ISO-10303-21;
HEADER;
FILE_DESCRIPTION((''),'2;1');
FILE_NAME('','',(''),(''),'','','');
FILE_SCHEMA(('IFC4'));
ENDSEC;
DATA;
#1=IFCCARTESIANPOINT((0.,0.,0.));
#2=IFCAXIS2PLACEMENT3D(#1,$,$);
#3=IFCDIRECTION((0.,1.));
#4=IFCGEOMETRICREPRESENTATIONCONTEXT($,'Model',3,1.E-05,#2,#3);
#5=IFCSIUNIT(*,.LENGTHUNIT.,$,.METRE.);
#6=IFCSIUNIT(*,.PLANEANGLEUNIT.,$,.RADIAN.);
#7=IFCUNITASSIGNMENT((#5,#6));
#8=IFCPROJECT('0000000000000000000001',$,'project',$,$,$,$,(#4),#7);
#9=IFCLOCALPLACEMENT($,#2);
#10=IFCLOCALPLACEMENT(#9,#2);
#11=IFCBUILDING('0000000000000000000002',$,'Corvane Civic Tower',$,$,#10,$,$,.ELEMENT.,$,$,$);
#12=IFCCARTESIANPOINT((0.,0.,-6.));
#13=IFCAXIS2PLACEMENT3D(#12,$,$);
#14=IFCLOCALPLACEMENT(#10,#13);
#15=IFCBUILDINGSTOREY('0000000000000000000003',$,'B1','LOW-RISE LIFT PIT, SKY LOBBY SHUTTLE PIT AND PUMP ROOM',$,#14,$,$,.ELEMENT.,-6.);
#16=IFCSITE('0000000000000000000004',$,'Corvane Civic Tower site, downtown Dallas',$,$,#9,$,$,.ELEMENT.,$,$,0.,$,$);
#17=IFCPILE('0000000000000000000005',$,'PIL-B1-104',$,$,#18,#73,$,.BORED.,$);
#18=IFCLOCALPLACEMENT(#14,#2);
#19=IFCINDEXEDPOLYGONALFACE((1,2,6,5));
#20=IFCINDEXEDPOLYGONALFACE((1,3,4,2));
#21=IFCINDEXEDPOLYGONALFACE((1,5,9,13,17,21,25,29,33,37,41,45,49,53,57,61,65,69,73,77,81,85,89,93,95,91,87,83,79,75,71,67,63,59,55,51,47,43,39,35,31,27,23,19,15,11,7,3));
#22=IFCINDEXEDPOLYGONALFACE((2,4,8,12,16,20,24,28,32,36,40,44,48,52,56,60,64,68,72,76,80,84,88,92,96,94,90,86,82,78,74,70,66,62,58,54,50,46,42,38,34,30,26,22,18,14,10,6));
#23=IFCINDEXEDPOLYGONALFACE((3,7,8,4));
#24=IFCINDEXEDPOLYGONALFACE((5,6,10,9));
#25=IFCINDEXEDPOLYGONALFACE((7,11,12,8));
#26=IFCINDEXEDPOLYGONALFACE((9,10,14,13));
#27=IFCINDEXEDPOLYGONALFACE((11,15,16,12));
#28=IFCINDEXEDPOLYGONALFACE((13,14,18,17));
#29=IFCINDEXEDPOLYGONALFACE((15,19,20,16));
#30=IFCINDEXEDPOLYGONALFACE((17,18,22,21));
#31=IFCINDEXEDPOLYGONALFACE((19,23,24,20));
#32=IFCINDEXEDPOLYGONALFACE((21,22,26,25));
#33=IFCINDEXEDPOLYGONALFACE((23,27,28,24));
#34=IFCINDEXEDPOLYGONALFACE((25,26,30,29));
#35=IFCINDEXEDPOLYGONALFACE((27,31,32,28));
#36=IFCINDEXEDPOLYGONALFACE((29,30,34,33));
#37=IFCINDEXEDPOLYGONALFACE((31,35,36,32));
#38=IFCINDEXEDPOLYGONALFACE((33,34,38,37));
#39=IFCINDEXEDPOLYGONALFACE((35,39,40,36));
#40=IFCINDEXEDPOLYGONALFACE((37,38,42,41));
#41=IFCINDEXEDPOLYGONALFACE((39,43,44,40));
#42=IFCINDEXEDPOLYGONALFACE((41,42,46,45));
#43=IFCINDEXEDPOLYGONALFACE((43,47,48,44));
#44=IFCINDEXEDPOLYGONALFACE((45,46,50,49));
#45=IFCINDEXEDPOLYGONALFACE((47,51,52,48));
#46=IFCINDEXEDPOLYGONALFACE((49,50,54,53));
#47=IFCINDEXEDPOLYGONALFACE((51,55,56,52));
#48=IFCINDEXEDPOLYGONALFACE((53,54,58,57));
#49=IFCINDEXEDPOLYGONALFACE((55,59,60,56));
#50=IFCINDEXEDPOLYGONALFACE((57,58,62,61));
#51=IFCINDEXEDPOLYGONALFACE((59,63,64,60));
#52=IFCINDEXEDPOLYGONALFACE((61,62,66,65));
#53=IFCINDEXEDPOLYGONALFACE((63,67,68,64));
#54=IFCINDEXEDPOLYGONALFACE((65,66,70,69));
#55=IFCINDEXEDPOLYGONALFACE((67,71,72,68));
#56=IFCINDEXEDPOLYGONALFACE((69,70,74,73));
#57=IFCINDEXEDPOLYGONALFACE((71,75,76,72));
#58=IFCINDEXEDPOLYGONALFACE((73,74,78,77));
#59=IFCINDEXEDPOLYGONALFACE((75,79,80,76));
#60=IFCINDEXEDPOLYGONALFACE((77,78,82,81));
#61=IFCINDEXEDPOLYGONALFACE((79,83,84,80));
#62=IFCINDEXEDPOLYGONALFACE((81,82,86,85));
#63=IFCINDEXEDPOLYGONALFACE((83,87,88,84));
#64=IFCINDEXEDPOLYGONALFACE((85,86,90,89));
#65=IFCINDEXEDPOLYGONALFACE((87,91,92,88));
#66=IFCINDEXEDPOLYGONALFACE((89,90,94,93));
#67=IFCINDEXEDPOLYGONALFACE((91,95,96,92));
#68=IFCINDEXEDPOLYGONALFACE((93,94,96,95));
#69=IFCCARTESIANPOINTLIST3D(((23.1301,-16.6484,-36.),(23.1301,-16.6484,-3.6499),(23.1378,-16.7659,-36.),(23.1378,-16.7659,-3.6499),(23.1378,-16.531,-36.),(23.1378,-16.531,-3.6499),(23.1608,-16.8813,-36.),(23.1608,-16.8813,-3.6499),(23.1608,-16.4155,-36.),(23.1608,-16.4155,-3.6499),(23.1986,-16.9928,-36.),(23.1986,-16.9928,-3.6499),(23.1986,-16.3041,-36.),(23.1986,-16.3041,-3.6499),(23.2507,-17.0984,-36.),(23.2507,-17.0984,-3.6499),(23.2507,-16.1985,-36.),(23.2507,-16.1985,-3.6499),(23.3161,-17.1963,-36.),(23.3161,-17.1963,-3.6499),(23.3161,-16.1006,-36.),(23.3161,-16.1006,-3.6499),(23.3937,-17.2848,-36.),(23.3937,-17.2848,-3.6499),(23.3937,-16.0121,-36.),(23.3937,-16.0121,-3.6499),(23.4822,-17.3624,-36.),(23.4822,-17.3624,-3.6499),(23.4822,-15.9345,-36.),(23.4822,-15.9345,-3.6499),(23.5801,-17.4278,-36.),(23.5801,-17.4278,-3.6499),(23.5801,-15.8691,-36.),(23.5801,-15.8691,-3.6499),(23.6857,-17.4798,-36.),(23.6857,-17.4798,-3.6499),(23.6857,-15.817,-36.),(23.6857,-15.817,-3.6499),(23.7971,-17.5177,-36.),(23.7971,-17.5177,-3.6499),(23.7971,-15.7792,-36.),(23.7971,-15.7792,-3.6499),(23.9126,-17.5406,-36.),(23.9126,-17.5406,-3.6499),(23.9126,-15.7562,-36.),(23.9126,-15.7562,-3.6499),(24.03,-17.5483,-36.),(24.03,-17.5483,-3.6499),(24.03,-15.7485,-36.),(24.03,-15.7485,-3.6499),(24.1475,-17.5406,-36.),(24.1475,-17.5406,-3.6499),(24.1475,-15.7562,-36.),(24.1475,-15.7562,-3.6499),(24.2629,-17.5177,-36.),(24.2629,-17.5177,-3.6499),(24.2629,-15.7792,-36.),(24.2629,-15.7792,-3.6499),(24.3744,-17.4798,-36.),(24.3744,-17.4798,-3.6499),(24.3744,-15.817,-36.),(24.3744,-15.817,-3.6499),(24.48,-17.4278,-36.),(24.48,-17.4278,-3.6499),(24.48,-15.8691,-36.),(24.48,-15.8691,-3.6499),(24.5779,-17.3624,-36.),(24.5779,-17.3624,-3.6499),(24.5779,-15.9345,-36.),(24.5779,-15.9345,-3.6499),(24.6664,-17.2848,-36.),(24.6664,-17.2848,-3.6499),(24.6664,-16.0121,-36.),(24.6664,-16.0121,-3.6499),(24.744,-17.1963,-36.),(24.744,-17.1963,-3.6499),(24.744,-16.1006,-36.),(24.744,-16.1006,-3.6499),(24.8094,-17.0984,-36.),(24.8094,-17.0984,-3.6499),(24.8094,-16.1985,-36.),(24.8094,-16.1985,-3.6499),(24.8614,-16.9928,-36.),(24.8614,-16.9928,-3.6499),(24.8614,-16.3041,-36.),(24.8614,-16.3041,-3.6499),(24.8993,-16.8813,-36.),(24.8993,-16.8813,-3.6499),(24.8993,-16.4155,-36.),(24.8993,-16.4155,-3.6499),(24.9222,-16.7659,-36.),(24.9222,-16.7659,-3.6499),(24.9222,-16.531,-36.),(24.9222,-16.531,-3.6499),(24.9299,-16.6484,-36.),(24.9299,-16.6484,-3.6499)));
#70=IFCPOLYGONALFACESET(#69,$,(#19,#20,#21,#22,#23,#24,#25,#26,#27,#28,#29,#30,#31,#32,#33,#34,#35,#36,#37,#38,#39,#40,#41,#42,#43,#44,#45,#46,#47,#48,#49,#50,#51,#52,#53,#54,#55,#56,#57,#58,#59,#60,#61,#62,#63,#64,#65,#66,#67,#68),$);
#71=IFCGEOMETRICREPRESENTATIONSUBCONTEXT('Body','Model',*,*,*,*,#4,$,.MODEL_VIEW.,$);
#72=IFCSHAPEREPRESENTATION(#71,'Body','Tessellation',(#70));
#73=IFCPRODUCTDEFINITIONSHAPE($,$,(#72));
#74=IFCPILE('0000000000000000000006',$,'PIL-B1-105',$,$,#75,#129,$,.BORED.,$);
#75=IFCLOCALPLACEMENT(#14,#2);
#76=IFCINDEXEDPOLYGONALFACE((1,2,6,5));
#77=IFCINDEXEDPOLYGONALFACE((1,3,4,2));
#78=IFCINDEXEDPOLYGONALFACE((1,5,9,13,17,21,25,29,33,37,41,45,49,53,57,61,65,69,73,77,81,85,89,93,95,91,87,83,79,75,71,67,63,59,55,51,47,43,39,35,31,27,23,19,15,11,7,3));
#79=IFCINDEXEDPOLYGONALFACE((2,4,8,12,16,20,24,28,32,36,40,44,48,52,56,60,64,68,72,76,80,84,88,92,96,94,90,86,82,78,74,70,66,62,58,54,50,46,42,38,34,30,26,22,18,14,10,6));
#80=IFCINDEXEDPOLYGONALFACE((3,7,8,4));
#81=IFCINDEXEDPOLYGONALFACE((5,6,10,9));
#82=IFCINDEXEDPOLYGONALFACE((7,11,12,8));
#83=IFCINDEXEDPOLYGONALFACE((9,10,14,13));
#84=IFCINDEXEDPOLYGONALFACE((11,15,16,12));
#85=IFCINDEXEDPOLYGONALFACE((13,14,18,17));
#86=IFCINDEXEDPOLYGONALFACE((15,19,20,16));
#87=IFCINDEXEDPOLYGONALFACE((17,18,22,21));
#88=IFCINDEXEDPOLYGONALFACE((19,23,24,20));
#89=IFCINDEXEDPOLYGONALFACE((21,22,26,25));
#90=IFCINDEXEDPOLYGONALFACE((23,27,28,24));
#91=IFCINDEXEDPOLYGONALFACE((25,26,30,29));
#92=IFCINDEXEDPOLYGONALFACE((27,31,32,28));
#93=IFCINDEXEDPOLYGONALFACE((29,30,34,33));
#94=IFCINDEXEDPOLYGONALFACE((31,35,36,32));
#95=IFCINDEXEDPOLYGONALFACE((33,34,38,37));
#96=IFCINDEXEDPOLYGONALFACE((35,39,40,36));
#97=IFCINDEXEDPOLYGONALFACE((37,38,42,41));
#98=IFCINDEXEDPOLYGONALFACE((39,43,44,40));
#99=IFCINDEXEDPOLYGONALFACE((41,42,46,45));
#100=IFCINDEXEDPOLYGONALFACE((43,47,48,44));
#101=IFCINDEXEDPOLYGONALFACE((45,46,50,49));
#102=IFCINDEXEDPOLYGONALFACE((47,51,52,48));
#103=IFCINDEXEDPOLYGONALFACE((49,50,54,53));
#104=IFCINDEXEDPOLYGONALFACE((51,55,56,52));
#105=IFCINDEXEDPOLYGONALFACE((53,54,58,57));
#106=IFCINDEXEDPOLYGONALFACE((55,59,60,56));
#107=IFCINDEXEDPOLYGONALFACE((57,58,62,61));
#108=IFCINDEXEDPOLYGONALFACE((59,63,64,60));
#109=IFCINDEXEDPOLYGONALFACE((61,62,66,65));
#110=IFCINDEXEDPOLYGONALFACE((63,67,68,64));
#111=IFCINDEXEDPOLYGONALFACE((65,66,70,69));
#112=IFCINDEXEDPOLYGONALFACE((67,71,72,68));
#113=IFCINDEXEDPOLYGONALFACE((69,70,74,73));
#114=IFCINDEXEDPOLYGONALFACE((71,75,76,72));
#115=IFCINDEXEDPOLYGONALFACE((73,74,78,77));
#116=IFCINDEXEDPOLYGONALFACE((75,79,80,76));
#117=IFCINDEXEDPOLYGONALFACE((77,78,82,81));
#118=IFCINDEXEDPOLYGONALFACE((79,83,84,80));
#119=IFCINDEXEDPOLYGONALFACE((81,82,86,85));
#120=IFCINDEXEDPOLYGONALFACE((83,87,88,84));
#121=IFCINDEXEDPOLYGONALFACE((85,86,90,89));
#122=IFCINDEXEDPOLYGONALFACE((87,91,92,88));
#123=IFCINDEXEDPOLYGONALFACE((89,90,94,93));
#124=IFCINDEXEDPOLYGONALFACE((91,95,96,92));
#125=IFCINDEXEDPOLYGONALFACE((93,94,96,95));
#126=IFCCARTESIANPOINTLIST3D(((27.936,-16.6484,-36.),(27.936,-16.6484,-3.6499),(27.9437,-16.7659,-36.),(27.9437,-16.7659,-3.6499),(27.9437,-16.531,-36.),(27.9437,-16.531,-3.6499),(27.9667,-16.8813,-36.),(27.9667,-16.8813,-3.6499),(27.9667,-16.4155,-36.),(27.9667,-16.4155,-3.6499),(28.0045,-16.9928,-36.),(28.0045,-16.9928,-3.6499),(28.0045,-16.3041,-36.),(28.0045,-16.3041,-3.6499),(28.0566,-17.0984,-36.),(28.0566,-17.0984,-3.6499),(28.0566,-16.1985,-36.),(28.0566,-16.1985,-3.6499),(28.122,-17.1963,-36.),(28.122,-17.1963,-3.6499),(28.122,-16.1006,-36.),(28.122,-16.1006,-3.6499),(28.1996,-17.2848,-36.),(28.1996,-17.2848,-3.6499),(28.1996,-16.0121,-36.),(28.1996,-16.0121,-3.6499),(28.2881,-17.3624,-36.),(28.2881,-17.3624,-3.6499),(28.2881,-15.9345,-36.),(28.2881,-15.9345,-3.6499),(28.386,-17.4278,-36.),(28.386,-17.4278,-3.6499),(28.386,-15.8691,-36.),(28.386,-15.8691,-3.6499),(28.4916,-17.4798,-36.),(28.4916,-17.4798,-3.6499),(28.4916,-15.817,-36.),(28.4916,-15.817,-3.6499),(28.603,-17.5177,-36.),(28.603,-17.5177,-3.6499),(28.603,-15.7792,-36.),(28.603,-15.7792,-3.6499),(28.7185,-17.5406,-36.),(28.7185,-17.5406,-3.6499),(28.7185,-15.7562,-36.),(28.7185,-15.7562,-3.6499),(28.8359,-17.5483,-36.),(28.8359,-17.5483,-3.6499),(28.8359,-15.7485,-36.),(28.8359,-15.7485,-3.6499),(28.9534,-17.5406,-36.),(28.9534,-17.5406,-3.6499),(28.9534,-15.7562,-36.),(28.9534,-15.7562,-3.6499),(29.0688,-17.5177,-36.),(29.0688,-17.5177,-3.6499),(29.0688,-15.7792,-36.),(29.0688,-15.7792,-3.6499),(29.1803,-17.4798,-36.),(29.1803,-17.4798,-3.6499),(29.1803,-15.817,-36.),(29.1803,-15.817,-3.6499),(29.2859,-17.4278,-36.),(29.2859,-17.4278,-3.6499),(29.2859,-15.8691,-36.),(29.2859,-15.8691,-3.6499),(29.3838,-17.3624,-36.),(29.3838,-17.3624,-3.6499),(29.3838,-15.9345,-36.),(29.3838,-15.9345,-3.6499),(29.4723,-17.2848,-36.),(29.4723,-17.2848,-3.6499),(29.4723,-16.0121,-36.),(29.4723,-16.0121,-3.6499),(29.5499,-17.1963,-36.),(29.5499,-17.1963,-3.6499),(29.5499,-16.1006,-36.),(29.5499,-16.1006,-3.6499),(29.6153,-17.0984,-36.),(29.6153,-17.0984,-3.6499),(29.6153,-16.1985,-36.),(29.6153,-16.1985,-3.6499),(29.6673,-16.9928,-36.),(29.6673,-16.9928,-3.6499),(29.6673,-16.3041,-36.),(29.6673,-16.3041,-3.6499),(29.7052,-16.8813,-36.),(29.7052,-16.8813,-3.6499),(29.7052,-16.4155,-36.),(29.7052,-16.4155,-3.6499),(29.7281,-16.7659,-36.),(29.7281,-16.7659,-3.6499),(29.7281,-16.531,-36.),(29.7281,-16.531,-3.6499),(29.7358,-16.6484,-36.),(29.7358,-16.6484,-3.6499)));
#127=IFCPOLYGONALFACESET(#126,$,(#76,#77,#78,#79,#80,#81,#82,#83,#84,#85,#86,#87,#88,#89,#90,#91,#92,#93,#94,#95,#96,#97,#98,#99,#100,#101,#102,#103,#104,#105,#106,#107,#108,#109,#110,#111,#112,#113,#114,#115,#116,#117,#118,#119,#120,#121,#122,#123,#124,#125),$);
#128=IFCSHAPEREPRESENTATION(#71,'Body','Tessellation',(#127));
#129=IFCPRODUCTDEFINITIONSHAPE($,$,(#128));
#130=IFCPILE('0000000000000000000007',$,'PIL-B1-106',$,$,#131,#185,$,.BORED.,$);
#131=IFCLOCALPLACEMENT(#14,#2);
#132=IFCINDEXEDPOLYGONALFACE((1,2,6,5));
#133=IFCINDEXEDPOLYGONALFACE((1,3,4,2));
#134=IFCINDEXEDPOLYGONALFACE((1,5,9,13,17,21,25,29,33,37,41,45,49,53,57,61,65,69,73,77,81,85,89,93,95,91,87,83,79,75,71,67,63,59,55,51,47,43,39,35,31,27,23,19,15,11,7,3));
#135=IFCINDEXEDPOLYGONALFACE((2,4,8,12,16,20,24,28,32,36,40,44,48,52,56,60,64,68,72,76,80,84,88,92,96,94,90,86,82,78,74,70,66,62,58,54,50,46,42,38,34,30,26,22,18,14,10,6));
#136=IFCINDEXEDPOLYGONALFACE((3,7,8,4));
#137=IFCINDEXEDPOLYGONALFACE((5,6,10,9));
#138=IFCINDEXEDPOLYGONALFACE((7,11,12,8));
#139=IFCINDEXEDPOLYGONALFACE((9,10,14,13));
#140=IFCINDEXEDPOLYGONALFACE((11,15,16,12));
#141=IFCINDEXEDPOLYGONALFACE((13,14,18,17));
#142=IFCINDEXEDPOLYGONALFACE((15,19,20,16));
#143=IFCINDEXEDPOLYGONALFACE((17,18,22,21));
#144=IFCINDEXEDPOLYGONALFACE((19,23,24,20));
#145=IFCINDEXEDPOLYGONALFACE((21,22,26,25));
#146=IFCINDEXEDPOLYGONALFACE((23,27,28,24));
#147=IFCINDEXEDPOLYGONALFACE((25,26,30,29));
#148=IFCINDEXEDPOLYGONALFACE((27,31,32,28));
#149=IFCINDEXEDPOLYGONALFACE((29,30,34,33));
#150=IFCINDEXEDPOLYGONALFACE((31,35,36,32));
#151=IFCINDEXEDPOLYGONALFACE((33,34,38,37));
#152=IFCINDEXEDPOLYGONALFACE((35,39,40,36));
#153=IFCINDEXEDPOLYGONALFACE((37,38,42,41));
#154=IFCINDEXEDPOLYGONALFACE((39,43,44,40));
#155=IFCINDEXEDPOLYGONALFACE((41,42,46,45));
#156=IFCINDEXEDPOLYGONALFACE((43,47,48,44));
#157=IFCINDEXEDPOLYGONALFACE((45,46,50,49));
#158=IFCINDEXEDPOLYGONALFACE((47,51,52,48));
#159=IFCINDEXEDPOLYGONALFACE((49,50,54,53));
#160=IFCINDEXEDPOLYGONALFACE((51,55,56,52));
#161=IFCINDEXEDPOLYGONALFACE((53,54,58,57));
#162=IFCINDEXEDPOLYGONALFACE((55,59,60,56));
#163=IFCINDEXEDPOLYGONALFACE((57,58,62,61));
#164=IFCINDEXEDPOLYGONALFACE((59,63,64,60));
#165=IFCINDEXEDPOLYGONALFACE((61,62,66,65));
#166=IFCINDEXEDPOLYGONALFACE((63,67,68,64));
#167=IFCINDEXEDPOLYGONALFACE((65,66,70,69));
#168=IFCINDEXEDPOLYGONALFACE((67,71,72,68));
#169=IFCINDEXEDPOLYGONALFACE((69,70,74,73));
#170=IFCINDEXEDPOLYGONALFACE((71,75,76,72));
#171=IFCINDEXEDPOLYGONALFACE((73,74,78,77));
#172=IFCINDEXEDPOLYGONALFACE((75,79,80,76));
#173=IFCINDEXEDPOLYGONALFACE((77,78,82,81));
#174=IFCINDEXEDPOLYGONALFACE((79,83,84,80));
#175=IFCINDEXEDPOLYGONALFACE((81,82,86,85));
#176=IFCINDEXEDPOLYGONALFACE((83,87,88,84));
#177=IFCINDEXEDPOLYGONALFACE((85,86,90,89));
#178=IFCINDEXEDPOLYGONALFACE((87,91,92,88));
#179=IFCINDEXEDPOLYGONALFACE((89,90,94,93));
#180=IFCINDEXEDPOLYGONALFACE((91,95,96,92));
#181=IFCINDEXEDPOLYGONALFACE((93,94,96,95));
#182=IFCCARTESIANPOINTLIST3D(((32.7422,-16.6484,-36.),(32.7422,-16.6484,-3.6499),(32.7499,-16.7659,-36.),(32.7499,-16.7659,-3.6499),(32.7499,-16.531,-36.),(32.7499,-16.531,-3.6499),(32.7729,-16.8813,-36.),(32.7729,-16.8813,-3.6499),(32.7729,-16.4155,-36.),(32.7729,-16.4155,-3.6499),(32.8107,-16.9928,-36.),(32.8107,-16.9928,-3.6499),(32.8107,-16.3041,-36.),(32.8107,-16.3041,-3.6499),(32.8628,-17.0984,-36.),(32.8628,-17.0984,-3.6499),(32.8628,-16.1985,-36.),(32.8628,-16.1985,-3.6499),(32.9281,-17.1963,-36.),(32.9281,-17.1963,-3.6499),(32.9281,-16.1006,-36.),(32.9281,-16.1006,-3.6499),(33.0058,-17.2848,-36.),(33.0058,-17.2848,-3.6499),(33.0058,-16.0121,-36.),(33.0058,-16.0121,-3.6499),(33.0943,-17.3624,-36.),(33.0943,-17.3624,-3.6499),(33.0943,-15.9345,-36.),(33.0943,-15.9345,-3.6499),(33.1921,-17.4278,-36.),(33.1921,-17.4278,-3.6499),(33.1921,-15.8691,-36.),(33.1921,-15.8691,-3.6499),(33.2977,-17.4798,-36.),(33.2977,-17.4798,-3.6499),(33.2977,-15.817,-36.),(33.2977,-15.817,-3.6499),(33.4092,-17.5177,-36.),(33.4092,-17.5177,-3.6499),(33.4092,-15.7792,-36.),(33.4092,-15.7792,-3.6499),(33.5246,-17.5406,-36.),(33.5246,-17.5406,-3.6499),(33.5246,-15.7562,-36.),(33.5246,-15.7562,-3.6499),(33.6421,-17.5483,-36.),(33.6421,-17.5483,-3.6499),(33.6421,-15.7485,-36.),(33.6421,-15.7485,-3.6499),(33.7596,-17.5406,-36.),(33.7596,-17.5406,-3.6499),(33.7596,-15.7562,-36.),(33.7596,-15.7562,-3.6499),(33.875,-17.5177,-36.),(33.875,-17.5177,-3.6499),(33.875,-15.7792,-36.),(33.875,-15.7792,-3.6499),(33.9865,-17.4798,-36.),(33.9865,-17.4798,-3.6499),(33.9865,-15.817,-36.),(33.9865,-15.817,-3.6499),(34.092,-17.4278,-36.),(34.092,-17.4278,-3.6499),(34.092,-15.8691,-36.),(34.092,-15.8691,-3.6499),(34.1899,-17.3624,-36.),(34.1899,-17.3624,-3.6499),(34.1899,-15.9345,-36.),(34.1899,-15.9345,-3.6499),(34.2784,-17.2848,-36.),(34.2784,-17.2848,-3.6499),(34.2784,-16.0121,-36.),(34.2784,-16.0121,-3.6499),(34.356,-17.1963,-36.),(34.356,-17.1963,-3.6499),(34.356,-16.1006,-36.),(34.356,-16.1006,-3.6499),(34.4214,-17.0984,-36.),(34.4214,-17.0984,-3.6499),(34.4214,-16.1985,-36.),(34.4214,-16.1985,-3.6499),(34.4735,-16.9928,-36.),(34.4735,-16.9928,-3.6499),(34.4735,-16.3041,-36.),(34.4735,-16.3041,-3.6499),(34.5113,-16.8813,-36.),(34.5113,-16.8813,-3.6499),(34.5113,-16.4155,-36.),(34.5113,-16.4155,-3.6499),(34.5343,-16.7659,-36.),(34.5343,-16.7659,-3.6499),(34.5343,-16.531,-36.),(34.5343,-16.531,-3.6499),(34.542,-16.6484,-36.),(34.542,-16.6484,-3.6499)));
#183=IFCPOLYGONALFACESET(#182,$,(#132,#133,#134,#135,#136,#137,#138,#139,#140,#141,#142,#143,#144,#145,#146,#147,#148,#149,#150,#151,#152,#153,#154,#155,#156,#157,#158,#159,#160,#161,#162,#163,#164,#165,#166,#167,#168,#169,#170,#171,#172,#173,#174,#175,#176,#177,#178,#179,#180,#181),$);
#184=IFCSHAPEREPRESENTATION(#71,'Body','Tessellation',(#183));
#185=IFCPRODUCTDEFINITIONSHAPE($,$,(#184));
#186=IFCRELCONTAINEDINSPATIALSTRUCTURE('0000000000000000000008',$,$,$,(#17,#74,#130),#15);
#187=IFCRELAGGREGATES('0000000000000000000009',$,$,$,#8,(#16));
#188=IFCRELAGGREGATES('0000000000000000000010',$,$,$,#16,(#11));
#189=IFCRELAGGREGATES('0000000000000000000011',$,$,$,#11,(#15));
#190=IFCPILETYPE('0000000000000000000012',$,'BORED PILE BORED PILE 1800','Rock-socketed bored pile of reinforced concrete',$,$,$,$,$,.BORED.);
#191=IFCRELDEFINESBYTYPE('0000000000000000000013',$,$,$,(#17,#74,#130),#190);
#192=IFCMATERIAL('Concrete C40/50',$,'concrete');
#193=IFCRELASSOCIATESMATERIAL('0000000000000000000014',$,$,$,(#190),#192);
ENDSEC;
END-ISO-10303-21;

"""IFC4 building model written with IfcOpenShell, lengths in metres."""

from ifc_helpers import new_model, si_unit, direction, frame, origin, origin_2d, place, context, subcontext, project, spatial, circle, extrude, material, material_profile, profile_set, type_object, element, save


model = new_model("IFC4")

# Units and contexts
model_context = context("Model", 3, precision=1e-05, world=origin(), true_north=direction((0.0, 1.0)))
body_context = subcontext(model_context, "Body", "Model", "MODEL_VIEW")
ifc_project = project(units=[si_unit("LENGTHUNIT", "METRE"), si_unit("PLANEANGLEUNIT", "RADIAN")], contexts=[model_context])

# Site, building, storey
site_placement = place(None, origin())
site = spatial("IfcSite", under=ifc_project, at=site_placement, Name="Corvane Civic Tower site, downtown Dallas", CompositionType="ELEMENT", RefElevation=0.0)
building_placement = place(site_placement, origin())
building = spatial("IfcBuilding", under=site, at=building_placement, Name="Corvane Civic Tower", CompositionType="ELEMENT")
storey_placement = place(building_placement, frame((0.0, 0.0, -6.0)))
storey = spatial("IfcBuildingStorey", under=building, at=storey_placement, Name="B1", Description="LOW-RISE LIFT PIT, SKY LOBBY SHUTTLE PIT AND PUMP ROOM", CompositionType="ELEMENT", Elevation=-6.0)

# Piles
ifc_material_1 = material(Name="Concrete C40/50", Category="concrete")
ifc_material_profile = material_profile(ifc_material_1, circle(Radius=0.8999, at=origin_2d()), Name="BORED PILE 1800")
ifc_profile_set = profile_set([ifc_material_profile], Name="Concrete C40/50")
pile_type = type_object("IfcPileType", Name="BORED PILE BORED PILE 1800", Description="Rock-socketed bored pile of reinforced concrete", PredefinedType="BORED", material=ifc_profile_set)
for number, where, z_axis, x_axis, name in (
    (1, (24.03, -16.6484, -3.6499), (0.0, 0.0, -1.0), (1.0, 0.0, 0.0), "PIL-B1-104"),
    (2, (28.8359, -16.6484, -3.6499), (0.0, 0.0, -1.0), (1.0, 0.0, 0.0), "PIL-B1-105"),
    (3, (33.6421, -16.6484, -3.6499), (0.0, 0.0, -1.0), (1.0, 0.0, 0.0), "PIL-B1-106"),
):
    element("IfcPile", number, at=place(storey_placement, frame(where, z_axis=z_axis, x_axis=x_axis)), inside=storey, type_object=pile_type, Name=name, PredefinedType="BORED", context=body_context, shape_type="SweptSolid", body=[
        extrude(circle(Radius=0.8999, at=origin_2d()), origin(), (0.0, 0.0, 1.0), 32.3501),
    ])

save(model, "model.ifc")
